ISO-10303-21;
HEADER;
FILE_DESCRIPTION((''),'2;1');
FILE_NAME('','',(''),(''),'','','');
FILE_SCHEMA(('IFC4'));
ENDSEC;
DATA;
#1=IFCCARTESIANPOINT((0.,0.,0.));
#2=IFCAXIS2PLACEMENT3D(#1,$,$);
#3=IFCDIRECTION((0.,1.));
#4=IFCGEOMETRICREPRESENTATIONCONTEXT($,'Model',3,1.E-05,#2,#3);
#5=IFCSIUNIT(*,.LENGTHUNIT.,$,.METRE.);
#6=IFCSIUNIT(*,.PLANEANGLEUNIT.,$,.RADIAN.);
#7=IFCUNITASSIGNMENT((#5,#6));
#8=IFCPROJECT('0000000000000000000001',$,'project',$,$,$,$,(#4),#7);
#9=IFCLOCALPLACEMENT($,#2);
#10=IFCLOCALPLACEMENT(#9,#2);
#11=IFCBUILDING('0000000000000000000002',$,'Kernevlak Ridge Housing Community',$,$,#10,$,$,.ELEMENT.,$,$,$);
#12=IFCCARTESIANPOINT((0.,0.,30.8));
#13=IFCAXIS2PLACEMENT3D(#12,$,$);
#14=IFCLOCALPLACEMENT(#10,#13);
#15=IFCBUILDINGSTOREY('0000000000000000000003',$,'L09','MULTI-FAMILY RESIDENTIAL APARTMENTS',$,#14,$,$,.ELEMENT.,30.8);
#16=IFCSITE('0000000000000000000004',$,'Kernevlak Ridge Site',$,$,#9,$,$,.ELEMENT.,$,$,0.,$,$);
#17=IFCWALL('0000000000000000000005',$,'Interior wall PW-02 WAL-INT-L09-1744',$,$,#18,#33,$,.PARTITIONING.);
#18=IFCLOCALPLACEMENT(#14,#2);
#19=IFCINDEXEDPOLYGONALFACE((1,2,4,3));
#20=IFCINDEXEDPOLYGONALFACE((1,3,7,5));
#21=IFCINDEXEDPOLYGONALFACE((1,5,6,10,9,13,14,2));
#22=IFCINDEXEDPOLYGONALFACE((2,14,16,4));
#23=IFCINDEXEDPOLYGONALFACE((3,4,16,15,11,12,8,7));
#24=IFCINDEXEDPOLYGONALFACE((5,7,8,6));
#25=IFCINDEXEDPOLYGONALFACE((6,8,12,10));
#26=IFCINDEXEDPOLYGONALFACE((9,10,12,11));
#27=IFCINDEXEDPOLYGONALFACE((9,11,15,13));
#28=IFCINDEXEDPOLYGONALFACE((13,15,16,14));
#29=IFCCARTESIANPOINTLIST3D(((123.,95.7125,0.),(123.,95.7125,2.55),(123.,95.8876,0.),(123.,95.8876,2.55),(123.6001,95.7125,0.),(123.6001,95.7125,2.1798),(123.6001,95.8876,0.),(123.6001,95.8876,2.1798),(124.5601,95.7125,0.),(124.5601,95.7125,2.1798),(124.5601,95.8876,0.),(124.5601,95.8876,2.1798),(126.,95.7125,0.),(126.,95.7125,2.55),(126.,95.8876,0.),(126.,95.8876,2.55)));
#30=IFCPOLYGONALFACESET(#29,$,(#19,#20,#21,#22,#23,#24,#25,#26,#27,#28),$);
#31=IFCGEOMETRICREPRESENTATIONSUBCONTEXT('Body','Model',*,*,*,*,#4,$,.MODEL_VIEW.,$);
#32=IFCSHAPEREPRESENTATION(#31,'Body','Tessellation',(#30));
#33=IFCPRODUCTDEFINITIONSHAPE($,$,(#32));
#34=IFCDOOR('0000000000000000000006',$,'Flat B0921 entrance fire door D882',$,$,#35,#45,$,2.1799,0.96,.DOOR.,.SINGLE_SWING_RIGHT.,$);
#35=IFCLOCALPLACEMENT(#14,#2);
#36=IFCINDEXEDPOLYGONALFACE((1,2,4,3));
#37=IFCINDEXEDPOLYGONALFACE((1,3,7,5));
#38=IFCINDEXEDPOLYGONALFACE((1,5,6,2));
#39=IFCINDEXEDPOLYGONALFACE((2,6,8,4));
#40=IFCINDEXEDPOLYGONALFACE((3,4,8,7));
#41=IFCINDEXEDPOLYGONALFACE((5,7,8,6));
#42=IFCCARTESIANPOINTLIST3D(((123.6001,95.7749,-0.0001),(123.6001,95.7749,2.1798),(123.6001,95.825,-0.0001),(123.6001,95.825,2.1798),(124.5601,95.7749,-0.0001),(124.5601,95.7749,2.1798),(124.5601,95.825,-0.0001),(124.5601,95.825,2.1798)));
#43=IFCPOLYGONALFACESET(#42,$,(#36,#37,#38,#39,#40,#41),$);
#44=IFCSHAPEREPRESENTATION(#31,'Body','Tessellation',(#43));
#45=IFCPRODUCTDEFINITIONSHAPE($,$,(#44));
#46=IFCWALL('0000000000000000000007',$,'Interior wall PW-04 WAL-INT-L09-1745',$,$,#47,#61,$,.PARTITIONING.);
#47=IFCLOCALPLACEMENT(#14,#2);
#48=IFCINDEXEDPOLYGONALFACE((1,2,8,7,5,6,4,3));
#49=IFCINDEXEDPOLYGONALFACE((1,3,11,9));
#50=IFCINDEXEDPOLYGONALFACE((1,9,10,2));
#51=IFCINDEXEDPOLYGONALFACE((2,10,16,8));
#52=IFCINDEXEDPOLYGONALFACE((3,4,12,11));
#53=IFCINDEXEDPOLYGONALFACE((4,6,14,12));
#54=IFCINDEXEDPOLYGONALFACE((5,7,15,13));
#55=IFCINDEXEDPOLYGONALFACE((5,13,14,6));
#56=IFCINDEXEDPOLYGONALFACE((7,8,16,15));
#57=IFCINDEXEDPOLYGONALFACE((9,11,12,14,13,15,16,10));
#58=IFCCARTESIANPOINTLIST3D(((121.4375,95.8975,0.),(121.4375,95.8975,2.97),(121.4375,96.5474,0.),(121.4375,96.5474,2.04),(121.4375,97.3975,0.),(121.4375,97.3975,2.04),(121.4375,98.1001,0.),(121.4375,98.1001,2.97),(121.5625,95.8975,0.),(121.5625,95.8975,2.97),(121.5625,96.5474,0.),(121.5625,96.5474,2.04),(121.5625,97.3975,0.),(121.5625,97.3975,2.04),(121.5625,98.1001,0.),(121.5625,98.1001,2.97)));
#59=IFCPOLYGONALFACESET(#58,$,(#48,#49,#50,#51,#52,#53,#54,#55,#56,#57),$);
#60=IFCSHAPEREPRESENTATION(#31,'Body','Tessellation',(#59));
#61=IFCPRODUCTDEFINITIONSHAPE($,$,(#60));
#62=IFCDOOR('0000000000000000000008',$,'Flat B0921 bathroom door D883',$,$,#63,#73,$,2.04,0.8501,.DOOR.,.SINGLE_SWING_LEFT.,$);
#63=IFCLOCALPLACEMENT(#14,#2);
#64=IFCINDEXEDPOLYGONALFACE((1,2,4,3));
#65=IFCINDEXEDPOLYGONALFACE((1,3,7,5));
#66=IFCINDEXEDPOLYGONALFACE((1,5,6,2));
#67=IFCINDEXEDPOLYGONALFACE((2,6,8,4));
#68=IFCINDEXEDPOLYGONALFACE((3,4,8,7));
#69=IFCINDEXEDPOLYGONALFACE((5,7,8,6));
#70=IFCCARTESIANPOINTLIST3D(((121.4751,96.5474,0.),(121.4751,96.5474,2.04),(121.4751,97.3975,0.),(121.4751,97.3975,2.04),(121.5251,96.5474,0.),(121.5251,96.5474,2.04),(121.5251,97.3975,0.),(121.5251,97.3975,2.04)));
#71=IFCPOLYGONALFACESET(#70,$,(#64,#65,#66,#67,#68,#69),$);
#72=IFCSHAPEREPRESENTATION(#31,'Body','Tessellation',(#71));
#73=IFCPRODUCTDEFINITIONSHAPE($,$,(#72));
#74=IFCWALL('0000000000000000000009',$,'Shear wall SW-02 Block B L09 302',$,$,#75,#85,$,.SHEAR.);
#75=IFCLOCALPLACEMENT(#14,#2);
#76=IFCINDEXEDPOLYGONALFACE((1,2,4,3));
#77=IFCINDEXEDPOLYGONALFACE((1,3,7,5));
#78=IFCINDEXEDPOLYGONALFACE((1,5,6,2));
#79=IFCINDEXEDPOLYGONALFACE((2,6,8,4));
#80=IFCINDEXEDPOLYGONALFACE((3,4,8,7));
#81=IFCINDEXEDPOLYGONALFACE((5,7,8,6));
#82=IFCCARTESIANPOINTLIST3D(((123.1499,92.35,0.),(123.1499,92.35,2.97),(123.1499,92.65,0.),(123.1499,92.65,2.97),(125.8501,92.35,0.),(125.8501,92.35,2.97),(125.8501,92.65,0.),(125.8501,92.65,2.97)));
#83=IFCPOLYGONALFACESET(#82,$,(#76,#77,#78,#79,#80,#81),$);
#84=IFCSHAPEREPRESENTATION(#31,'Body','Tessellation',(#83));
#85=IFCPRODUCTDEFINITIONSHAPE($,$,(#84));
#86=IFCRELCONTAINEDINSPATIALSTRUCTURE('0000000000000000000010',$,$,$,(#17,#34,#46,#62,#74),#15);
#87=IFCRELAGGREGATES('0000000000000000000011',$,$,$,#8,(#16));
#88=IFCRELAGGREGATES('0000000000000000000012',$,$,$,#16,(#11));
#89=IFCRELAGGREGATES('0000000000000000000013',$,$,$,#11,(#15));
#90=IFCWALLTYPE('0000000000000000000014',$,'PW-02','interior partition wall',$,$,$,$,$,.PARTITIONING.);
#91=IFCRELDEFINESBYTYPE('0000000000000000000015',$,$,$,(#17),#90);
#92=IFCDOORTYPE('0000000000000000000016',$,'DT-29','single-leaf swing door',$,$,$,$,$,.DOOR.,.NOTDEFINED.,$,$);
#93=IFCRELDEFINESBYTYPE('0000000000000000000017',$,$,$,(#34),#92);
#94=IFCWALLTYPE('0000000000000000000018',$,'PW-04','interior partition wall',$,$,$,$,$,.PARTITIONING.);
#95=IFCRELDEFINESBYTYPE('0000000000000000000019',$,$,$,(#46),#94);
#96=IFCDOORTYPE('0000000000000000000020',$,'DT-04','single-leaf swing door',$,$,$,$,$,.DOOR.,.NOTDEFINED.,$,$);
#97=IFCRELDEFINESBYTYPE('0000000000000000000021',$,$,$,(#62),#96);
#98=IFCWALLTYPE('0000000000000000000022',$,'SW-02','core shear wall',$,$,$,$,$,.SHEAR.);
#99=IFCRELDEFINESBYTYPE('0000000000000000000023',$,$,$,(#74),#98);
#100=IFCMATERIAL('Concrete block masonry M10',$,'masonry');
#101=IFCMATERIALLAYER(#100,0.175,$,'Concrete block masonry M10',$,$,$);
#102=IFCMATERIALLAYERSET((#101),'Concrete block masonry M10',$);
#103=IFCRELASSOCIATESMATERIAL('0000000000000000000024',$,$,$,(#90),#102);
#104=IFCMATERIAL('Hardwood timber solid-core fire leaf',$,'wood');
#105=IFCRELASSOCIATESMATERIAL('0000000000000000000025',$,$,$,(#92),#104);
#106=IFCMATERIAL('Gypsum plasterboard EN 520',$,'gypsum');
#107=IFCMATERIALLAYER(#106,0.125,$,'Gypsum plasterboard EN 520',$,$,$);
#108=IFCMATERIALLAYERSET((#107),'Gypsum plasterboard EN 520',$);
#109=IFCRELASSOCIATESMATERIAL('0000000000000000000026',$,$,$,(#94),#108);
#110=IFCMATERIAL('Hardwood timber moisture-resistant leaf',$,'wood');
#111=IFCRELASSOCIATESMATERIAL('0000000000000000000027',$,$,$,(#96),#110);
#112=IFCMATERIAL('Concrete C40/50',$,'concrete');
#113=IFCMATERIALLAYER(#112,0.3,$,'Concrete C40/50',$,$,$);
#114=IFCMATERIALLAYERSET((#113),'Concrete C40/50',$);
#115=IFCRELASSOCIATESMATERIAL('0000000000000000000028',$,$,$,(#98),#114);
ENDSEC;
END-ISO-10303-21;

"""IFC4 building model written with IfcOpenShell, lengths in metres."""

from ifc_helpers import new_model, si_unit, direction, frame, frame_2d, origin, place, context, subcontext, project, spatial, rectangle, extrude, material, layer, layer_set, type_object, element, fill, save


model = new_model("IFC4")

# Units and contexts
model_context = context("Model", 3, precision=1e-05, world=origin(), true_north=direction((0.0, 1.0)))
body_context = subcontext(model_context, "Body", "Model", "MODEL_VIEW")
ifc_project = project(units=[si_unit("LENGTHUNIT", "METRE"), si_unit("PLANEANGLEUNIT", "RADIAN")], contexts=[model_context])

# Site, building, storey
site_placement = place(None, origin())
site = spatial("IfcSite", under=ifc_project, at=site_placement, Name="Kernevlak Ridge Site", CompositionType="ELEMENT", RefElevation=0.0)
building_placement = place(site_placement, origin())
building = spatial("IfcBuilding", under=site, at=building_placement, Name="Kernevlak Ridge Housing Community", CompositionType="ELEMENT")
storey_placement = place(building_placement, frame((0.0, 0.0, 30.8)))
storey = spatial("IfcBuildingStorey", under=building, at=storey_placement, Name="L09", Description="MULTI-FAMILY RESIDENTIAL APARTMENTS", CompositionType="ELEMENT", Elevation=30.8)

# Shared definitions
ifc_material_1 = material(Name="Concrete block masonry M10", Category="masonry")

# Shared definitions
ifc_layer_1 = layer(ifc_material_1, 0.175, Name="Concrete block masonry M10")
ifc_layer_set_1 = layer_set([ifc_layer_1], Name="Concrete block masonry M10")
wall_type_1 = type_object("IfcWallType", Name="PW-02", Description="interior partition wall", PredefinedType="PARTITIONING", material=ifc_layer_set_1)

# Walls, openings, doors
wall_1_placement = place(storey_placement, frame((123.0, 95.8, 0.0), z_axis=(0.0, 0.0, 1.0), x_axis=(1.0, 0.0, 0.0)))
wall_1 = element("IfcWall", 1, at=wall_1_placement, inside=storey, type_object=wall_type_1, Name="Interior wall PW-02 WAL-INT-L09-1744", PredefinedType="PARTITIONING", context=body_context, shape_type="SweptSolid", body=[
    extrude(rectangle(XDim=3.0, YDim=0.175, at=frame_2d((1.5, 0.0))), origin(), (0.0, 0.0, 1.0), 2.55),
])
opening_1_placement = place(wall_1_placement, frame((0.6001, 0.0, 0.0)))
opening_1 = element("IfcOpeningElement", 2, at=opening_1_placement, cuts=wall_1, PredefinedType="OPENING", context=body_context, shape_type="SweptSolid", body=[
    extrude(rectangle(XDim=0.96, YDim=2.1799, at=frame_2d((0.48, 1.0898))), frame((0.0, 0.0974, 0.0), z_axis=(0.0, -1.0, 0.0), x_axis=(1.0, 0.0, 0.0)), (0.0, 0.0, 1.0), 0.1951),
])
ifc_material_2 = material(Name="Hardwood timber solid-core fire leaf", Category="wood")
door_type_1 = type_object("IfcDoorType", Name="DT-29", Description="single-leaf swing door", OperationType="NOTDEFINED", PredefinedType="DOOR", material=ifc_material_2)
door_1_placement = place(opening_1_placement, origin())
door_1 = element("IfcDoor", 3, at=door_1_placement, inside=storey, type_object=door_type_1, Name="Flat B0921 entrance fire door D882", OperationType="SINGLE_SWING_RIGHT", OverallHeight=2.1799, OverallWidth=0.96, PredefinedType="DOOR", context=body_context, shape_type="SweptSolid", body=[
    extrude(rectangle(XDim=0.96, YDim=2.1799, at=frame_2d((0.48, 1.0898))), frame((0.0, 0.0249, 0.0), z_axis=(0.0, -1.0, 0.0), x_axis=(1.0, 0.0, 0.0)), (0.0, 0.0, 1.0), 0.05),
])
fill(opening_1, door_1)
ifc_material_3 = material(Name="Gypsum plasterboard EN 520", Category="gypsum")
ifc_layer_2 = layer(ifc_material_3, 0.125, Name="Gypsum plasterboard EN 520")
ifc_layer_set_2 = layer_set([ifc_layer_2], Name="Gypsum plasterboard EN 520")
wall_type_2 = type_object("IfcWallType", Name="PW-04", Description="interior partition wall", PredefinedType="PARTITIONING", material=ifc_layer_set_2)
wall_2_placement = place(storey_placement, frame((121.5, 95.8975, 0.0), z_axis=(0.0, 0.0, 1.0), x_axis=(0.0, 1.0, 0.0)))
wall_2 = element("IfcWall", 4, at=wall_2_placement, inside=storey, type_object=wall_type_2, Name="Interior wall PW-04 WAL-INT-L09-1745", PredefinedType="PARTITIONING", context=body_context, shape_type="SweptSolid", body=[
    extrude(rectangle(XDim=2.2026, YDim=0.125, at=frame_2d((1.1013, 0.0))), origin(), (0.0, 0.0, 1.0), 2.97),
])
opening_2_placement = place(wall_2_placement, frame((0.6499, 0.0, 0.0)))
opening_2 = element("IfcOpeningElement", 5, at=opening_2_placement, cuts=wall_2, PredefinedType="OPENING", context=body_context, shape_type="SweptSolid", body=[
    extrude(rectangle(XDim=0.8501, YDim=2.04, at=frame_2d((0.425, 1.02))), frame((0.0, 0.0725, 0.0), z_axis=(0.0, -1.0, 0.0), x_axis=(1.0, 0.0, 0.0)), (0.0, 0.0, 1.0), 0.145),
])
ifc_material_4 = material(Name="Hardwood timber moisture-resistant leaf", Category="wood")
door_type_2 = type_object("IfcDoorType", Name="DT-04", Description="single-leaf swing door", OperationType="NOTDEFINED", PredefinedType="DOOR", material=ifc_material_4)
door_2_placement = place(opening_2_placement, origin())
door_2 = element("IfcDoor", 6, at=door_2_placement, inside=storey, type_object=door_type_2, Name="Flat B0921 bathroom door D883", OperationType="SINGLE_SWING_LEFT", OverallHeight=2.04, OverallWidth=0.8501, PredefinedType="DOOR", context=body_context, shape_type="SweptSolid", body=[
    extrude(rectangle(XDim=0.8501, YDim=2.04, at=frame_2d((0.425, 1.02))), frame((0.0, 0.0249, 0.0), z_axis=(0.0, -1.0, 0.0), x_axis=(1.0, 0.0, 0.0)), (0.0, 0.0, 1.0), 0.05),
])
fill(opening_2, door_2)

# Wall
ifc_material_5 = material(Name="Concrete C40/50", Category="concrete")
ifc_layer_3 = layer(ifc_material_5, 0.3, Name="Concrete C40/50")
ifc_layer_set_3 = layer_set([ifc_layer_3], Name="Concrete C40/50")
wall_type_3 = type_object("IfcWallType", Name="SW-02", Description="core shear wall", PredefinedType="SHEAR", material=ifc_layer_set_3)
wall_3_placement = place(storey_placement, frame((123.1499, 92.5, 0.0), z_axis=(0.0, 0.0, 1.0), x_axis=(1.0, 0.0, 0.0)))
element("IfcWall", 7, at=wall_3_placement, inside=storey, type_object=wall_type_3, Name="Shear wall SW-02 Block B L09 302", PredefinedType="SHEAR", context=body_context, shape_type="SweptSolid", body=[
    extrude(rectangle(XDim=2.7002, YDim=0.3, at=frame_2d((1.3501, 0.0))), origin(), (0.0, 0.0, 1.0), 2.97),
])

save(model, "model.ifc")
